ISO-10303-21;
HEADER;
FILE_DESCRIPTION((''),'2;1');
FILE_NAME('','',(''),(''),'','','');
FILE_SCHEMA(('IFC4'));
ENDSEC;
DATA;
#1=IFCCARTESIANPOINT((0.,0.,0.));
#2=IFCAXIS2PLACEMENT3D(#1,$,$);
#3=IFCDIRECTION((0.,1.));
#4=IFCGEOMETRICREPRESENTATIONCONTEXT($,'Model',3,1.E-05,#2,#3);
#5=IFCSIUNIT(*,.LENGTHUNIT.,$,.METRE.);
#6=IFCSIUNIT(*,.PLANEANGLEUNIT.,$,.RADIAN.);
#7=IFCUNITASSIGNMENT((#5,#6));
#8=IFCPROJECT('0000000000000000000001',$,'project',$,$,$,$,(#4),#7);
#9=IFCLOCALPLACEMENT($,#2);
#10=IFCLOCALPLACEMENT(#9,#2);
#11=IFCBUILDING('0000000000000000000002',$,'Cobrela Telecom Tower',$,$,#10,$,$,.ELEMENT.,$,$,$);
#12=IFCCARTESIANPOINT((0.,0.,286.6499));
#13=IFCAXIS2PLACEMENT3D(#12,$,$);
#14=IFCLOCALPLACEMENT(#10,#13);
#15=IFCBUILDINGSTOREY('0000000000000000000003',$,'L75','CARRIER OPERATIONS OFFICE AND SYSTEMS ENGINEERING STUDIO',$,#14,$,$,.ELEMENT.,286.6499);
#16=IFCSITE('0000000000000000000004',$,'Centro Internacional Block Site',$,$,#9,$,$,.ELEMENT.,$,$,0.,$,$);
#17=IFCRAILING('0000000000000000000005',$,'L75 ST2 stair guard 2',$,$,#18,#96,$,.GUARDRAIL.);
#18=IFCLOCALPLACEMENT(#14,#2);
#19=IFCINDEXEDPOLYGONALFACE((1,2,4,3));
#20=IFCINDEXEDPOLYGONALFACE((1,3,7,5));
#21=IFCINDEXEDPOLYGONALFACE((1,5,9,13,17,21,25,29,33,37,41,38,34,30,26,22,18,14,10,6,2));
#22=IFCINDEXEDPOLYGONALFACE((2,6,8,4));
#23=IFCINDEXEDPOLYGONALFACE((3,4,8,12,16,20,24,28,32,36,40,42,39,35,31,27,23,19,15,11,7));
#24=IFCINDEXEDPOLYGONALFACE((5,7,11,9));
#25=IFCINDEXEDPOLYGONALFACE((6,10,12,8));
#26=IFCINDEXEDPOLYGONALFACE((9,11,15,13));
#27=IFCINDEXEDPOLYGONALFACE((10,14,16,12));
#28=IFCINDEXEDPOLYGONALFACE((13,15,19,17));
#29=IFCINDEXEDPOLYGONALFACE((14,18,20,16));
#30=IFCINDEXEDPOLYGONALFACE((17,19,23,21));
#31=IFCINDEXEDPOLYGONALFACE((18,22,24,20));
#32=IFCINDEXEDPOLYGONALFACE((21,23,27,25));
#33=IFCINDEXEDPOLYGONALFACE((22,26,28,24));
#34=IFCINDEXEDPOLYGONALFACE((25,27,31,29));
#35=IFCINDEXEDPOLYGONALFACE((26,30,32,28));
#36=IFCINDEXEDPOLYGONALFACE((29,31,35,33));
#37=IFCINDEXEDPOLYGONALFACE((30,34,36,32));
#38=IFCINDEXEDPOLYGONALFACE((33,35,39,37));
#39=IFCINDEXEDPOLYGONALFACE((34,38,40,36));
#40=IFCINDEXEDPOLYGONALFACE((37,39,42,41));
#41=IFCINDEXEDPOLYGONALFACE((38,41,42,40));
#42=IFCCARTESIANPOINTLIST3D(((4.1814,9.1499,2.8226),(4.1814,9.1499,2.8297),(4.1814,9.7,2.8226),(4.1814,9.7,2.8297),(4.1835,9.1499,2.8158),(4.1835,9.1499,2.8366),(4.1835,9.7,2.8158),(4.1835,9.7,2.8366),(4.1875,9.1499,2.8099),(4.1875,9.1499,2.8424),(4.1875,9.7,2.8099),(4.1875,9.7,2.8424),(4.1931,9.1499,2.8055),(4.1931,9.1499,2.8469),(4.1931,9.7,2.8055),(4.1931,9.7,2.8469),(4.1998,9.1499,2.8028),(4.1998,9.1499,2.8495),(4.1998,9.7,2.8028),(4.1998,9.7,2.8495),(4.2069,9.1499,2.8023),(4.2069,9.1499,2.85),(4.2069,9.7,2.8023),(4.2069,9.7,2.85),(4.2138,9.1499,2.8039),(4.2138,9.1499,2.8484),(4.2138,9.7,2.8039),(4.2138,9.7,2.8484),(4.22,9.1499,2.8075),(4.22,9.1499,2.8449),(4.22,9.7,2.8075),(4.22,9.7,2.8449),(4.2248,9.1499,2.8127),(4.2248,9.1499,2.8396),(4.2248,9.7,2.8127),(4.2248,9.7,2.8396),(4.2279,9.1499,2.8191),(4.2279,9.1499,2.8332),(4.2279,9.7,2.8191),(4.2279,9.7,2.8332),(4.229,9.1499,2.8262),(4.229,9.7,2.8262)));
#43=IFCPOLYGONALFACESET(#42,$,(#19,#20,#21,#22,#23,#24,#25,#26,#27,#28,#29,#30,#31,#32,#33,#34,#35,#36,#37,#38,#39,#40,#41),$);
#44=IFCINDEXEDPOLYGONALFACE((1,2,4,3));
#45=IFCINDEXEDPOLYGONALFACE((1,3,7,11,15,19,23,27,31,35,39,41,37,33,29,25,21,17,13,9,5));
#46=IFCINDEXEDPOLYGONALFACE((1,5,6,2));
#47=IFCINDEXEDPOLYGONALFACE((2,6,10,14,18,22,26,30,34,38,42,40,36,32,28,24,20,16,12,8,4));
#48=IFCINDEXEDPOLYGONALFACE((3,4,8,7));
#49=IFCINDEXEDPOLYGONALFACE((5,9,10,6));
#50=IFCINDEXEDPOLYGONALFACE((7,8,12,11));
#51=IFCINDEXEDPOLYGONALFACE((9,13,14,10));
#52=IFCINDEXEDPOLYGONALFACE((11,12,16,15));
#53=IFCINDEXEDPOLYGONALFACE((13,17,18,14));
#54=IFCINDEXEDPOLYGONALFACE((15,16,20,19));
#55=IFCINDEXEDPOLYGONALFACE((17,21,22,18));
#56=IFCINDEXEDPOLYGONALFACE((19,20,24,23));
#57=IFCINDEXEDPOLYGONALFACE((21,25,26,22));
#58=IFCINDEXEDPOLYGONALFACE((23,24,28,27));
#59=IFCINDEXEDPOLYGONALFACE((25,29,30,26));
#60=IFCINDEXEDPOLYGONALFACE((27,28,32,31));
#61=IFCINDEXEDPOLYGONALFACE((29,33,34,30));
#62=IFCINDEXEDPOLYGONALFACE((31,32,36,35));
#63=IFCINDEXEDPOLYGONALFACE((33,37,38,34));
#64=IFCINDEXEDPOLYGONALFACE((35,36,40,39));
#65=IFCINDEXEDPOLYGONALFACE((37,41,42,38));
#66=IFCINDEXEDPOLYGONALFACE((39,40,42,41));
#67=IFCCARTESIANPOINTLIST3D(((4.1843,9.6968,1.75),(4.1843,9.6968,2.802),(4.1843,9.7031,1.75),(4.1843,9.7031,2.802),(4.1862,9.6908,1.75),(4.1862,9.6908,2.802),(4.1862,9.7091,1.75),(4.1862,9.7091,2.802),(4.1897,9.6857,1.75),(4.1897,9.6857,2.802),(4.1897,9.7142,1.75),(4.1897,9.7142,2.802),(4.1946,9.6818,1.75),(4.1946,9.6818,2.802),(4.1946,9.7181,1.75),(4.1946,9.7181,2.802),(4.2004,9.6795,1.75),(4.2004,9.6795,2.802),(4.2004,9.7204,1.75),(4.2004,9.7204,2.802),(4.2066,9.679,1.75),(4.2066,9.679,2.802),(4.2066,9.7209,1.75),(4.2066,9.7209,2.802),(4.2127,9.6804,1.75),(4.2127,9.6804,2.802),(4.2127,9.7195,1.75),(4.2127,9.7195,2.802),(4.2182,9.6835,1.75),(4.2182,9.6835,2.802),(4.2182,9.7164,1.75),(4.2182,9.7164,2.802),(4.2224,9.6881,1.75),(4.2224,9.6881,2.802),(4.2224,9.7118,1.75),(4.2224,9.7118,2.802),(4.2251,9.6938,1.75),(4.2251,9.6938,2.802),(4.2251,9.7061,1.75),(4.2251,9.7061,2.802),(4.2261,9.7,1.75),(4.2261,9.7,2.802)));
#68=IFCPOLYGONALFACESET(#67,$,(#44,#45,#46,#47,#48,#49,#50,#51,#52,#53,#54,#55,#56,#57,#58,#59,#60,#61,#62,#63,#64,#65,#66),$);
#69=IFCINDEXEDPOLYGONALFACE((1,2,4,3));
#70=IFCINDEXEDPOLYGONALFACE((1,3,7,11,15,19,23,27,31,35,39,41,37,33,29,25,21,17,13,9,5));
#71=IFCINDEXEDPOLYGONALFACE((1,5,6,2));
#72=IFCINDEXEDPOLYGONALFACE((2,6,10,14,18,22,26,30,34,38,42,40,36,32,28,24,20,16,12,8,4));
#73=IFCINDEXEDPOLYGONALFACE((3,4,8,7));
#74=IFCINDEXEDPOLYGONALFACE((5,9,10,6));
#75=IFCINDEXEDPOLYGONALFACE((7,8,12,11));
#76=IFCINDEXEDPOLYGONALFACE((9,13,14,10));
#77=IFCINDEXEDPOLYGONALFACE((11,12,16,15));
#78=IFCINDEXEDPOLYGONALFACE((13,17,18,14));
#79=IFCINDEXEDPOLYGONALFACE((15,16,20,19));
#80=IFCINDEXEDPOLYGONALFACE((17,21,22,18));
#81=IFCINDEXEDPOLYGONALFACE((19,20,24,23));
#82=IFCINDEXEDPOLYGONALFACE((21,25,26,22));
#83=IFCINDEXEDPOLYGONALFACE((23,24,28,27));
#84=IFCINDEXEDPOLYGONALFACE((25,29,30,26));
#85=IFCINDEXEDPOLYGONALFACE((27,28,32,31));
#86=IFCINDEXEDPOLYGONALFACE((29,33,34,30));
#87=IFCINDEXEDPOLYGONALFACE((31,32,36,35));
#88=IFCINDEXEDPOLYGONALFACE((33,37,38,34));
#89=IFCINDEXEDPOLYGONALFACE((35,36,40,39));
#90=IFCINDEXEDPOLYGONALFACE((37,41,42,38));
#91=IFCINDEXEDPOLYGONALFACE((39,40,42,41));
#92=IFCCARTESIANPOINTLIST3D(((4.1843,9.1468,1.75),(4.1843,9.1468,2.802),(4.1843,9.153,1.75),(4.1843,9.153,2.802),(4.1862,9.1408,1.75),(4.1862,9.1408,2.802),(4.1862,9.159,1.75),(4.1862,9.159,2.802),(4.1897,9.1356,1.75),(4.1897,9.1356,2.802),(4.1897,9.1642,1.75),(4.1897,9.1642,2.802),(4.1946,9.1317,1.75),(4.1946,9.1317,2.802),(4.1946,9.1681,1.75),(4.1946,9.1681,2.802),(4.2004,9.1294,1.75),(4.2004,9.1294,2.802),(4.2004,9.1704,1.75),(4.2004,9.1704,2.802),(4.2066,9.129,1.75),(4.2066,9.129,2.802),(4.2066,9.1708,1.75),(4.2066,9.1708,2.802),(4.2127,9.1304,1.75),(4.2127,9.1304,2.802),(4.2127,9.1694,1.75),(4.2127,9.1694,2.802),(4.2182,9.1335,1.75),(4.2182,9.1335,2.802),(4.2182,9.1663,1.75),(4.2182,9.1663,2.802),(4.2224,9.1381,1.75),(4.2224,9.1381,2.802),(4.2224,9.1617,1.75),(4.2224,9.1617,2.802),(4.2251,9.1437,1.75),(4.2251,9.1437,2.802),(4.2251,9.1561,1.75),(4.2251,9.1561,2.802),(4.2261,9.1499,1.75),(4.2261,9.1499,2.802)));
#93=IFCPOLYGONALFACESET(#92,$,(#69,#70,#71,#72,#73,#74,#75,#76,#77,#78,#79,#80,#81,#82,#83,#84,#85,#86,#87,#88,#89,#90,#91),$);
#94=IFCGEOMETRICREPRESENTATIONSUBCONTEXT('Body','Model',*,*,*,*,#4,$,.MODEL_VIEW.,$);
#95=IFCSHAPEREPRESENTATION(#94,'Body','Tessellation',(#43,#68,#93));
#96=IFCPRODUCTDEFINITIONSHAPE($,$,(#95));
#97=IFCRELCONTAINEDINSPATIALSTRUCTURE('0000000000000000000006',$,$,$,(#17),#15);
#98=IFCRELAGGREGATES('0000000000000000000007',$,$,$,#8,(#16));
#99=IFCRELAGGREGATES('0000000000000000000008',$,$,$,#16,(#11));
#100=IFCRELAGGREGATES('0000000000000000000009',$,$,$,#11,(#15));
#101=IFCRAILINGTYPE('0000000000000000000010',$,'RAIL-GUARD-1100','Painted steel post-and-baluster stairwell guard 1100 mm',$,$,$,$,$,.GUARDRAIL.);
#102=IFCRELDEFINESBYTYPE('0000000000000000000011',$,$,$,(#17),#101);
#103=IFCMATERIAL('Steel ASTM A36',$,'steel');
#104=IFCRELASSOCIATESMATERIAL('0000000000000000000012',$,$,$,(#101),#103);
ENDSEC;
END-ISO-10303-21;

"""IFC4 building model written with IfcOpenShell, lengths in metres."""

from ifc_helpers import new_model, si_unit, direction, frame, origin, origin_2d, place, context, subcontext, project, spatial, circle, extrude, material, type_object, element, save


model = new_model("IFC4")

# Units and contexts
model_context = context("Model", 3, precision=1e-05, world=origin(), true_north=direction((0.0, 1.0)))
body_context = subcontext(model_context, "Body", "Model", "MODEL_VIEW")
ifc_project = project(units=[si_unit("LENGTHUNIT", "METRE"), si_unit("PLANEANGLEUNIT", "RADIAN")], contexts=[model_context])

# Site, building, storey
site_placement = place(None, origin())
site = spatial("IfcSite", under=ifc_project, at=site_placement, Name="Centro Internacional Block Site", CompositionType="ELEMENT", RefElevation=0.0)
building_placement = place(site_placement, origin())
building = spatial("IfcBuilding", under=site, at=building_placement, Name="Cobrela Telecom Tower", CompositionType="ELEMENT")
storey_placement = place(building_placement, frame((0.0, 0.0, 286.6499)))
storey = spatial("IfcBuildingStorey", under=building, at=storey_placement, Name="L75", Description="CARRIER OPERATIONS OFFICE AND SYSTEMS ENGINEERING STUDIO", CompositionType="ELEMENT", Elevation=286.6499)

# Shared definitions
ifc_material_1 = material(Name="Steel ASTM A36", Category="steel")

# Railing
railing_type = type_object("IfcRailingType", Name="RAIL-GUARD-1100", Description="Painted steel post-and-baluster stairwell guard 1100 mm", PredefinedType="GUARDRAIL", material=ifc_material_1)
railing_1_placement = place(storey_placement, frame((4.2051, 9.7, 1.75)))
element("IfcRailing", 1, at=railing_1_placement, inside=storey, type_object=railing_type, Name="L75 ST2 stair guard 2", PredefinedType="GUARDRAIL", context=body_context, shape_type="SweptSolid", body=[
    extrude(circle(Radius=0.0239, at=origin_2d()), frame((0.0, 0.0, 1.0762), z_axis=(0.0, -1.0, 0.0), x_axis=(1.0, 0.0, 0.0)), (0.0, 0.0, 1.0), 0.55),
    extrude(circle(Radius=0.021, at=origin_2d()), origin(), (0.0, 0.0, 1.0), 1.052),
    extrude(circle(Radius=0.021, at=origin_2d()), frame((0.0, -0.55, 0.0)), (0.0, 0.0, 1.0), 1.052),
])

save(model, "model.ifc")
